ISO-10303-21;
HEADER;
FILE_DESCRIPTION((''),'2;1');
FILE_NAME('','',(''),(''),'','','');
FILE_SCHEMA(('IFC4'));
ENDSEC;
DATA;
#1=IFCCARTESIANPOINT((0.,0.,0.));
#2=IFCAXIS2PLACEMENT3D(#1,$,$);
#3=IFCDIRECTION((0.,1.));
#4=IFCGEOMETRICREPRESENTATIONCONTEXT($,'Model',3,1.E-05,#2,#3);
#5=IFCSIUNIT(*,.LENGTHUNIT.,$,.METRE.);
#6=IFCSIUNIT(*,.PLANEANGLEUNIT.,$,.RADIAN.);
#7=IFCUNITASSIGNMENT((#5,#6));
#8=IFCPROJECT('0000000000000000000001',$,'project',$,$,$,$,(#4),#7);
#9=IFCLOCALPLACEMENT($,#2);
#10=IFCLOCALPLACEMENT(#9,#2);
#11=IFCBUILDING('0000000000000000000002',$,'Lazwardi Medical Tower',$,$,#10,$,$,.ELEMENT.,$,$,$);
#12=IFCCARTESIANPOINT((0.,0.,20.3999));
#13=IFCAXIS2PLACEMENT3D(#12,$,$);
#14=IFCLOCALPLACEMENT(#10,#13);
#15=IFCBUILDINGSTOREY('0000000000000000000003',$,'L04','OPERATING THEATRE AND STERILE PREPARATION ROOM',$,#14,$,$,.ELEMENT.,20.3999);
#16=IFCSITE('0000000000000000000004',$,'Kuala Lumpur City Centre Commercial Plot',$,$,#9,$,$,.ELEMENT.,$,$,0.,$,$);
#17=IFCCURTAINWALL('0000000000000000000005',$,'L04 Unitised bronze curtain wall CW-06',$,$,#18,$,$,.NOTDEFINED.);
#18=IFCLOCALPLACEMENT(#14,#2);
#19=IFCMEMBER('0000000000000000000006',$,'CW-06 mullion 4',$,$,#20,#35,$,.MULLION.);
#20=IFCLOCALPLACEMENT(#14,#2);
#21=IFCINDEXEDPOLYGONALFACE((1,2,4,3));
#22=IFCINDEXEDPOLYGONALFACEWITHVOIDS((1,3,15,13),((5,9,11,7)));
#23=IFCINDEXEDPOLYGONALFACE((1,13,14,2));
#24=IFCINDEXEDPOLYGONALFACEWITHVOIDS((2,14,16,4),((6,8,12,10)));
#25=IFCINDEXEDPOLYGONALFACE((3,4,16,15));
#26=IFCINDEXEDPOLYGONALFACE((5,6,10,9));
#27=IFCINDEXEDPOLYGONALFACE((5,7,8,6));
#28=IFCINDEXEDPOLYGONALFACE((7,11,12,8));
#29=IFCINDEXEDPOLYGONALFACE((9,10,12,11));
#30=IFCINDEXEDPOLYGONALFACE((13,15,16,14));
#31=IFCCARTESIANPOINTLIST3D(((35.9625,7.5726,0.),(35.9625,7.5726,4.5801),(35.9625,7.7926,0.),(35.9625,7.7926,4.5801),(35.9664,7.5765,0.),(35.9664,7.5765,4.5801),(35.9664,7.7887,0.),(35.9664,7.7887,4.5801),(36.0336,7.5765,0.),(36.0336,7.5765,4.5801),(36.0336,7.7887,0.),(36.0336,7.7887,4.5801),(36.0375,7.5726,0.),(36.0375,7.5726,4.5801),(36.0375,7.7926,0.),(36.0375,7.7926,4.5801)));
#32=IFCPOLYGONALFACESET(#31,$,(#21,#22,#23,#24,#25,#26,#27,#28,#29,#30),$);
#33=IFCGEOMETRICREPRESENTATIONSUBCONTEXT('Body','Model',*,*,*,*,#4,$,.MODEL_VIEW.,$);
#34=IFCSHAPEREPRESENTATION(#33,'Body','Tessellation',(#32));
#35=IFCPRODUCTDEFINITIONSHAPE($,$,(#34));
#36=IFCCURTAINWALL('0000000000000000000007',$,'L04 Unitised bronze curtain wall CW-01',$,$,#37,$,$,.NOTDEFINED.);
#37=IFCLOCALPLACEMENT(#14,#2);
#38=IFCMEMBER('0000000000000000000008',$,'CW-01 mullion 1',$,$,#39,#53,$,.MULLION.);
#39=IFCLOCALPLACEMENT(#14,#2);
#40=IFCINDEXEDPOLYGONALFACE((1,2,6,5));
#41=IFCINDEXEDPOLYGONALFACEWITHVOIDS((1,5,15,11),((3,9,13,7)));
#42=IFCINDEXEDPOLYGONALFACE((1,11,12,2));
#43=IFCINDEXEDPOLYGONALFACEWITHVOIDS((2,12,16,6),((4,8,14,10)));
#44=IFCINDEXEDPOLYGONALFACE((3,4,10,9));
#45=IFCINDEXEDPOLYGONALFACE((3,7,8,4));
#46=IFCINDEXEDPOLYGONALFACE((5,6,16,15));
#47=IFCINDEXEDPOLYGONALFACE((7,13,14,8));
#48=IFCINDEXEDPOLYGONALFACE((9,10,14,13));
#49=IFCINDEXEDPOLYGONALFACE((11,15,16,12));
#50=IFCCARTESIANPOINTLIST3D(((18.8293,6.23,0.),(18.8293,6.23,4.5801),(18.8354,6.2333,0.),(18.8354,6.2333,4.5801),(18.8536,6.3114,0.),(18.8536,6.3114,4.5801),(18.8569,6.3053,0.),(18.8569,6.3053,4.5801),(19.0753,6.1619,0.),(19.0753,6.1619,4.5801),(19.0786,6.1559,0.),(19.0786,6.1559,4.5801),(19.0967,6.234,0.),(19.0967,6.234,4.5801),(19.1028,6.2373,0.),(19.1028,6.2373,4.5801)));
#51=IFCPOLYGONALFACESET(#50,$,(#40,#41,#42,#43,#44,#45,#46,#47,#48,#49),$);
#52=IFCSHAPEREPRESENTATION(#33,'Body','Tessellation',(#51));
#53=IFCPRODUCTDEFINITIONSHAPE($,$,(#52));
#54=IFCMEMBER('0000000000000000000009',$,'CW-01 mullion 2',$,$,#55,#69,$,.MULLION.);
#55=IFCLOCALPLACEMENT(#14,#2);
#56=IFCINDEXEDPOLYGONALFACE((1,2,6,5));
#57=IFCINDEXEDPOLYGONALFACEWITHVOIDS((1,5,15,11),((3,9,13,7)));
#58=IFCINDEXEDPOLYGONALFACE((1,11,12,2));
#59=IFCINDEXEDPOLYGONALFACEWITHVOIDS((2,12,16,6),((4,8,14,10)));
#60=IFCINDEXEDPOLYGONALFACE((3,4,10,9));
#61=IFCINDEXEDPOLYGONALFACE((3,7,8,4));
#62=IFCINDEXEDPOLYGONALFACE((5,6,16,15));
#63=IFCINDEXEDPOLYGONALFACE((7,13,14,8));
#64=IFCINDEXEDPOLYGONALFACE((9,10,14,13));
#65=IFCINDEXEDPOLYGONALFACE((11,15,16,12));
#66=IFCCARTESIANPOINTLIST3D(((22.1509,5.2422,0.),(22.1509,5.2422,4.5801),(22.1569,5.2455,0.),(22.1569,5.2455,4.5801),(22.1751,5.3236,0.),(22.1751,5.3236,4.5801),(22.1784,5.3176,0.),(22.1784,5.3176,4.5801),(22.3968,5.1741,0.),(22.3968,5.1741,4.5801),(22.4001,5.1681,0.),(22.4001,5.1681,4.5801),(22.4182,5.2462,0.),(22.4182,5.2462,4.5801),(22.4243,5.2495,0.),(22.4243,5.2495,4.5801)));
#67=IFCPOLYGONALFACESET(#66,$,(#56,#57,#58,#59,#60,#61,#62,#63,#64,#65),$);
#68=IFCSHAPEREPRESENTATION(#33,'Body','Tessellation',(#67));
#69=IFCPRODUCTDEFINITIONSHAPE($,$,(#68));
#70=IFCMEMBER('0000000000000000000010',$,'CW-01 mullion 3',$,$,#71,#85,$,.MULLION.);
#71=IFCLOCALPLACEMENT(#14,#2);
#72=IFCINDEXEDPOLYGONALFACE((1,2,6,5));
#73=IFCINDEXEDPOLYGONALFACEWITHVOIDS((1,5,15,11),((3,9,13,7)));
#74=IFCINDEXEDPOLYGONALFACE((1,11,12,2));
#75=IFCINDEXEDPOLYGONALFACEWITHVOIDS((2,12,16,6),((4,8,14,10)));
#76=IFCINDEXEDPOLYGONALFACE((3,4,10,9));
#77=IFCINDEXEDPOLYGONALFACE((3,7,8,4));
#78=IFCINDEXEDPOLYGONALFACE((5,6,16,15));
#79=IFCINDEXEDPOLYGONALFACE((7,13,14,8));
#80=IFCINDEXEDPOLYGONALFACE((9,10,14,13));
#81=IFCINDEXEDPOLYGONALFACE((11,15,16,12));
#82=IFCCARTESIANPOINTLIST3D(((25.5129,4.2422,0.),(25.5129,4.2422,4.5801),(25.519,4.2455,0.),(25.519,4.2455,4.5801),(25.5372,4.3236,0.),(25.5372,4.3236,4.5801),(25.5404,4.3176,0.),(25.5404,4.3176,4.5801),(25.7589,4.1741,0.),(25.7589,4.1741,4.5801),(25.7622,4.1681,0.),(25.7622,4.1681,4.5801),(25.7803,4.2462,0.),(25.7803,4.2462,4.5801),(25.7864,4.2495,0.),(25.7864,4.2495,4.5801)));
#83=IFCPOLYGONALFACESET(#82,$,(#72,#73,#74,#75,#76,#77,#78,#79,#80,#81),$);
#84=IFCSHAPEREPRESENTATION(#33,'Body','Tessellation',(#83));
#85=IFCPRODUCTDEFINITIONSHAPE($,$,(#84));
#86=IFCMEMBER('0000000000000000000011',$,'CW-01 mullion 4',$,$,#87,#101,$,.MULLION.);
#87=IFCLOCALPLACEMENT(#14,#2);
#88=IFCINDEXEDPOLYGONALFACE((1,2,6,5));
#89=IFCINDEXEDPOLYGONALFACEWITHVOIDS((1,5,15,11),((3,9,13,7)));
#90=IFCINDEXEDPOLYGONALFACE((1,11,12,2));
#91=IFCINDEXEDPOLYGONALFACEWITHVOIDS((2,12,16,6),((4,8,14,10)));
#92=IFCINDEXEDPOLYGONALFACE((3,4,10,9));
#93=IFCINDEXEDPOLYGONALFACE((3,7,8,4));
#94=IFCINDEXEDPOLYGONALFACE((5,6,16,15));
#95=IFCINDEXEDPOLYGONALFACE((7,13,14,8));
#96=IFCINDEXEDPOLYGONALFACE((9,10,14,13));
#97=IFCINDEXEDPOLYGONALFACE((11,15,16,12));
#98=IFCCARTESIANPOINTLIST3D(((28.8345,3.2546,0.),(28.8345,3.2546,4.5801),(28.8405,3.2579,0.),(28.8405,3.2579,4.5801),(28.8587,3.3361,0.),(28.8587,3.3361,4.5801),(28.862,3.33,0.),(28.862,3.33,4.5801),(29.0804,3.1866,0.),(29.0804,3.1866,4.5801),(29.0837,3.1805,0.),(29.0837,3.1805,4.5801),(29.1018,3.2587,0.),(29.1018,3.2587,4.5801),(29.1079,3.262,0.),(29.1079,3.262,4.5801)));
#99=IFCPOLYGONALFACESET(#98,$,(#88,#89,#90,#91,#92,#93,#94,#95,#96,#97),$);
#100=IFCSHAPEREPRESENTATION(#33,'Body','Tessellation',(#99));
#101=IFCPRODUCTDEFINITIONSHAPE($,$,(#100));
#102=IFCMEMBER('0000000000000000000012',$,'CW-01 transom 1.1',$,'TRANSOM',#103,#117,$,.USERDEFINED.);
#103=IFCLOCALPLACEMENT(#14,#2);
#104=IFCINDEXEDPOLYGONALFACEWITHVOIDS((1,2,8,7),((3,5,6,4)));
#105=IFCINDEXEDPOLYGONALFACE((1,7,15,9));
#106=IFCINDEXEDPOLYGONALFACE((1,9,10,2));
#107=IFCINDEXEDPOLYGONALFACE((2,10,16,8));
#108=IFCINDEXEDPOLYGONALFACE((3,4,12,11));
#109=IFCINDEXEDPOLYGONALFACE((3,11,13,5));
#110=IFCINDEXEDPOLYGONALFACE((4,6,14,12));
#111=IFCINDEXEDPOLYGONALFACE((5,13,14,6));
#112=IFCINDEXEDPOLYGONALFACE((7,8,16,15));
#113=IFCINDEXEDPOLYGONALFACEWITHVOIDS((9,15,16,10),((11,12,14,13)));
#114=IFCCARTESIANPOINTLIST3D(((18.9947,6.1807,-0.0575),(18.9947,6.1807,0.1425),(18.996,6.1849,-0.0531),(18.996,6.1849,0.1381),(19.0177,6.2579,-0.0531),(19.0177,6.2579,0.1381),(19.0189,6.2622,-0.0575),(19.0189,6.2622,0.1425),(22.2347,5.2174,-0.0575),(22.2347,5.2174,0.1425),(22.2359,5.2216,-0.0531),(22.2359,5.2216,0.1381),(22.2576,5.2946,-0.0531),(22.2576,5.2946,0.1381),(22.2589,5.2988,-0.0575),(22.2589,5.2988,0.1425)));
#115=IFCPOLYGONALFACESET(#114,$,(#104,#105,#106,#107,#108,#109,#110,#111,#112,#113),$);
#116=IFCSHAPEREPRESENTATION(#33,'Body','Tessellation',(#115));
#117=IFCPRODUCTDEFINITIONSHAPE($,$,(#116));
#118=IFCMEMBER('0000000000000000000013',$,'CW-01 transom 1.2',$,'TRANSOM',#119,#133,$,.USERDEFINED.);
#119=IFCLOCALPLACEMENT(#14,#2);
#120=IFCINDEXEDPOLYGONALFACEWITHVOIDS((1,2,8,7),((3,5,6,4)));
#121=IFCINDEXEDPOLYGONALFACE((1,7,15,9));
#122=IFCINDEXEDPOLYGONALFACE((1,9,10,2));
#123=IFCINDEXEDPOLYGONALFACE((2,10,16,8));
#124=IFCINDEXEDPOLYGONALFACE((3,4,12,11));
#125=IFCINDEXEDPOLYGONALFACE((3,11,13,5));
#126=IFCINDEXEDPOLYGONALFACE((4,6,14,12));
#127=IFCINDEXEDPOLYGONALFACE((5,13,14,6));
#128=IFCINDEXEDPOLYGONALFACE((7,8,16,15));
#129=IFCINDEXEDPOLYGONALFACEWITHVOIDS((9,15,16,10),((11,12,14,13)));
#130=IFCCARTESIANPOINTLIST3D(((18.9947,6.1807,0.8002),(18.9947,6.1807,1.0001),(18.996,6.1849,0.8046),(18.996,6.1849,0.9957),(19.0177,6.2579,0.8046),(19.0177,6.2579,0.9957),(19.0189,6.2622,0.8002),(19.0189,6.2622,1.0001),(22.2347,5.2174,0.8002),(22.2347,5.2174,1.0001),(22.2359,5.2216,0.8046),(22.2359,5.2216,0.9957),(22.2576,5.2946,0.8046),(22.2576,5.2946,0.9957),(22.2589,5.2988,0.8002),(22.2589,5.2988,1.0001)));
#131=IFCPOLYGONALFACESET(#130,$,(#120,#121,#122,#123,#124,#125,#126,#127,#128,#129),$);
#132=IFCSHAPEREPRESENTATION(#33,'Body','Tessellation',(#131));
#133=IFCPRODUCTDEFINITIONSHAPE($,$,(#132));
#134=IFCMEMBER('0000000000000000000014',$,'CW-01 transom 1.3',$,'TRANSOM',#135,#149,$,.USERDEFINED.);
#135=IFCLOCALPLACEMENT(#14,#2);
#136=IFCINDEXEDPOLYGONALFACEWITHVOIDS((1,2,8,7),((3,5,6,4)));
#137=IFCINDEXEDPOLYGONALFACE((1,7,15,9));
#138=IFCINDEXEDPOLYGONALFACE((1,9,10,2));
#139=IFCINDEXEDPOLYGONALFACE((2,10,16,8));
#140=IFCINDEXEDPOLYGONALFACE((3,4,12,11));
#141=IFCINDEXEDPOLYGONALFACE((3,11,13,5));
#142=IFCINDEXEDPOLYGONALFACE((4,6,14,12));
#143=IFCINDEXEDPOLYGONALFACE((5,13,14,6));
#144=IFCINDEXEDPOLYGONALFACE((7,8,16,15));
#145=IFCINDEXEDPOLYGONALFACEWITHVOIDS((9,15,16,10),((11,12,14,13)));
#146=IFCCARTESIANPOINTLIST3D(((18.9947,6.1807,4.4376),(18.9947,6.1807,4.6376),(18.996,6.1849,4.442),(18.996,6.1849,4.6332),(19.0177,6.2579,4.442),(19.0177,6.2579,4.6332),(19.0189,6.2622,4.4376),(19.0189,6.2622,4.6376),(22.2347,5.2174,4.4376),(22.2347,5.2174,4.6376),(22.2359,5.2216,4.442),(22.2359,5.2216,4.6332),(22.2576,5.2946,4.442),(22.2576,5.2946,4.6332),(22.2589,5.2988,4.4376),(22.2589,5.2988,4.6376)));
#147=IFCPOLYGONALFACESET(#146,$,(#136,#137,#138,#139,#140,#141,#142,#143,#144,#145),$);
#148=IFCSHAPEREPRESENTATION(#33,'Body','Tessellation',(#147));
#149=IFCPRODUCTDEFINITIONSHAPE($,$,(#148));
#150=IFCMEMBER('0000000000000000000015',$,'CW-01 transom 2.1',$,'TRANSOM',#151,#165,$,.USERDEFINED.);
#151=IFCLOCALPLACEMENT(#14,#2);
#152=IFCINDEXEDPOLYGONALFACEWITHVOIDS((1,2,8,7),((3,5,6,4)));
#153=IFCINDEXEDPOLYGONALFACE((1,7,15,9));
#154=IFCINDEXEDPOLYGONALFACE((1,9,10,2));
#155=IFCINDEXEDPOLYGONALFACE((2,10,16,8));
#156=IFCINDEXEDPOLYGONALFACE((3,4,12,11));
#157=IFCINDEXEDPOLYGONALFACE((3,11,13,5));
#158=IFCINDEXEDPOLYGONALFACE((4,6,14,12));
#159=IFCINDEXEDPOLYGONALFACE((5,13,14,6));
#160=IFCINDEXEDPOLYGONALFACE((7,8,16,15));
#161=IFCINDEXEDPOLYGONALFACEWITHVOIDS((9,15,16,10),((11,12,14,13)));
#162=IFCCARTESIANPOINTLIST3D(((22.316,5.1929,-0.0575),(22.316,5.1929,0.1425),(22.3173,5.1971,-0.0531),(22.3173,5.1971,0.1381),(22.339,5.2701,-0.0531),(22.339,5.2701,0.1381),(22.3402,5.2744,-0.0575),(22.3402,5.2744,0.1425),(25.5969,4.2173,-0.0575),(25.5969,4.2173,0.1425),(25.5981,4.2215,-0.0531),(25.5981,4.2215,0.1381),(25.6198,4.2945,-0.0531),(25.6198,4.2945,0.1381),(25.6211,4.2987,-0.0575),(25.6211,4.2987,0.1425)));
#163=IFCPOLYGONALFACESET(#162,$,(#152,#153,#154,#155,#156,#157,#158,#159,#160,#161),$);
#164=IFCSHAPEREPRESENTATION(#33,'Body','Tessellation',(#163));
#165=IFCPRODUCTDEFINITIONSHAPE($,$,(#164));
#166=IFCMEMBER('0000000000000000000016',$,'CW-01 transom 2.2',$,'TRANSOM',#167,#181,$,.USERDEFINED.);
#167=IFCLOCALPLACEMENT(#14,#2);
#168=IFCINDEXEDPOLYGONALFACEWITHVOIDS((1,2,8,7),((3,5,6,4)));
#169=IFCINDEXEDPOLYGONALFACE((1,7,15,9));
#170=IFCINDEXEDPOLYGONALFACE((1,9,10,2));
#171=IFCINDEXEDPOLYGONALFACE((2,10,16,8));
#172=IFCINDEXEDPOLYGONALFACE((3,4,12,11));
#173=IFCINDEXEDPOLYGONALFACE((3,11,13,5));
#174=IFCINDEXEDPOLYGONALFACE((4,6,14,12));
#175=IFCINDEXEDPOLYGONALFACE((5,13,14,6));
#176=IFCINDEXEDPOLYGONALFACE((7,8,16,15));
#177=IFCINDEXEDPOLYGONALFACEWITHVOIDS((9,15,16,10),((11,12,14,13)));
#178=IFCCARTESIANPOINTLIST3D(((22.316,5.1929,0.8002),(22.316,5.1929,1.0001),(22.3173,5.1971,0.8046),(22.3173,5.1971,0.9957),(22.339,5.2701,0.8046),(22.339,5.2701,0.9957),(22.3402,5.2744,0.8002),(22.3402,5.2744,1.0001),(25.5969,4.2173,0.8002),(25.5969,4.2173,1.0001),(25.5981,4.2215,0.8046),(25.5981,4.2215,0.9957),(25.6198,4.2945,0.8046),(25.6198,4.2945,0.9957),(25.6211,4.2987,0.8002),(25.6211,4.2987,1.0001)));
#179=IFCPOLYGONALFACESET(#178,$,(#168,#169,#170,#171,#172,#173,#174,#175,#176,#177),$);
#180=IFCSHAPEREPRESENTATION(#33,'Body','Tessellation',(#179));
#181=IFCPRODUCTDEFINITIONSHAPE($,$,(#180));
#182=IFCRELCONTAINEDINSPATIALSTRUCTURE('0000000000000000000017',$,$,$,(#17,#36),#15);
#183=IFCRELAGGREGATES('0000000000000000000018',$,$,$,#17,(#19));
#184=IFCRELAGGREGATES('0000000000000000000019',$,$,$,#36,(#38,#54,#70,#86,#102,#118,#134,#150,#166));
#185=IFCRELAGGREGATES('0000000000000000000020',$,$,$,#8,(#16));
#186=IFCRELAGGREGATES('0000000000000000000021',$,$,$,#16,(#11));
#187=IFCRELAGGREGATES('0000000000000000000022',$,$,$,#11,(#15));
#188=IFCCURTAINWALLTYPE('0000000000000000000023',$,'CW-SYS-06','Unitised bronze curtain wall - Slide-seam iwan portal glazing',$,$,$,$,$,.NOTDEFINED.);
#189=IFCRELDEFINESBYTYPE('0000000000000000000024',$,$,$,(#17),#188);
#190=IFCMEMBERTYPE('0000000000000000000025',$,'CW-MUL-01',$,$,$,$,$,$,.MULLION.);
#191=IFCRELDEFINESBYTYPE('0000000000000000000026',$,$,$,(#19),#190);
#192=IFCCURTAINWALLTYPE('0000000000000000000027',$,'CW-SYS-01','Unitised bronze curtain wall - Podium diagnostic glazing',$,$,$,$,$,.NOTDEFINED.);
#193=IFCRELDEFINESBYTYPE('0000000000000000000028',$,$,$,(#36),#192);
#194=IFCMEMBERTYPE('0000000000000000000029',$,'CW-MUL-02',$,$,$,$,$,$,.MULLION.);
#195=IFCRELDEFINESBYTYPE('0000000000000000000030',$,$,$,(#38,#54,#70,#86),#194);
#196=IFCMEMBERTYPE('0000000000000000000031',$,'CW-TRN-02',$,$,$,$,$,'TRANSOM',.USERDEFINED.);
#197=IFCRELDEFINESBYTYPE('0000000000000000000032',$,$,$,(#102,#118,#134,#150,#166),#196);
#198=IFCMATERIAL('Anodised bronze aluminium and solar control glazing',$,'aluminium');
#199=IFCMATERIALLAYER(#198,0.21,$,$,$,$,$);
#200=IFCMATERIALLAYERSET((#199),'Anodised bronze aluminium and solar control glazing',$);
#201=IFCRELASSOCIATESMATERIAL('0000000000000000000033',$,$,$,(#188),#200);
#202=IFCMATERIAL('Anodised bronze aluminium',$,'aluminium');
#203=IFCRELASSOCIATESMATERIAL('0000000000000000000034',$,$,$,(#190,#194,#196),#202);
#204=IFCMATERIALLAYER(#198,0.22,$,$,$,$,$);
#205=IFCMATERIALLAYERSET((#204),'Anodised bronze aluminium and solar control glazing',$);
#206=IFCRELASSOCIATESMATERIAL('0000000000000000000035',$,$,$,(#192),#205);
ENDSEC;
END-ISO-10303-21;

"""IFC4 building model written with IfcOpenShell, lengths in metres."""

from ifc_helpers import new_model, si_unit, direction, frame, origin, origin_2d, place, context, subcontext, project, spatial, hollow_rectangle, extrude, material, layer, layer_set, material_profile, profile_set, type_object, element, aggregate, save


model = new_model("IFC4")

# Units and contexts
model_context = context("Model", 3, precision=1e-05, world=origin(), true_north=direction((0.0, 1.0)))
body_context = subcontext(model_context, "Body", "Model", "MODEL_VIEW")
ifc_project = project(units=[si_unit("LENGTHUNIT", "METRE"), si_unit("PLANEANGLEUNIT", "RADIAN")], contexts=[model_context])

# Site, building, storey
site_placement = place(None, origin())
site = spatial("IfcSite", under=ifc_project, at=site_placement, Name="Kuala Lumpur City Centre Commercial Plot", CompositionType="ELEMENT", RefElevation=0.0)
building_placement = place(site_placement, origin())
building = spatial("IfcBuilding", under=site, at=building_placement, Name="Lazwardi Medical Tower", CompositionType="ELEMENT")
storey_placement = place(building_placement, frame((0.0, 0.0, 20.3999)))
storey = spatial("IfcBuildingStorey", under=building, at=storey_placement, Name="L04", Description="OPERATING THEATRE AND STERILE PREPARATION ROOM", CompositionType="ELEMENT", Elevation=20.3999)

# Curtain wall, member
ifc_material_1 = material(Name="Anodised bronze aluminium and solar control glazing", Category="aluminium")
ifc_layer_1 = layer(ifc_material_1, 0.21)
ifc_layer_set_1 = layer_set([ifc_layer_1], Name="Anodised bronze aluminium and solar control glazing")
curtain_wall_type_1 = type_object("IfcCurtainWallType", Name="CW-SYS-06", Description="Unitised bronze curtain wall - Slide-seam iwan portal glazing", PredefinedType="NOTDEFINED", material=ifc_layer_set_1)
curtain_wall_1_placement = place(storey_placement, origin())
curtain_wall_1 = element("IfcCurtainWall", 1, at=curtain_wall_1_placement, inside=storey, type_object=curtain_wall_type_1, Name="L04 Unitised bronze curtain wall CW-06", PredefinedType="NOTDEFINED")
ifc_material_2 = material(Name="Anodised bronze aluminium", Category="aluminium")
ifc_material_profile_1 = material_profile(ifc_material_2, hollow_rectangle(XDim=0.075, YDim=0.22, WallThickness=0.0039, at=origin_2d()), Name="ALU-MULLION 220x75x4")
ifc_profile_set_1 = profile_set([ifc_material_profile_1], Name="Anodised bronze aluminium")
member_type_1 = type_object("IfcMemberType", Name="CW-MUL-01", PredefinedType="MULLION", material=ifc_profile_set_1)
member_1_placement = place(storey_placement, frame((36.0, 7.6826, 0.0), z_axis=(0.0, 0.0, 1.0), x_axis=(-1.0, 0.0, 0.0)))
member_1 = element("IfcMember", 2, at=member_1_placement, type_object=member_type_1, Name="CW-06 mullion 4", PredefinedType="MULLION", context=body_context, shape_type="SweptSolid", body=[
    extrude(hollow_rectangle(XDim=0.075, YDim=0.22, WallThickness=0.0039, at=origin_2d()), origin(), (0.0, 0.0, 1.0), 4.5801),
])
aggregate(curtain_wall_1, [member_1])

# Curtain wall, members
ifc_layer_2 = layer(ifc_material_1, 0.22)
ifc_layer_set_2 = layer_set([ifc_layer_2], Name="Anodised bronze aluminium and solar control glazing")
curtain_wall_type_2 = type_object("IfcCurtainWallType", Name="CW-SYS-01", Description="Unitised bronze curtain wall - Podium diagnostic glazing", PredefinedType="NOTDEFINED", material=ifc_layer_set_2)
curtain_wall_2_placement = place(storey_placement, origin())
curtain_wall_2 = element("IfcCurtainWall", 3, at=curtain_wall_2_placement, inside=storey, type_object=curtain_wall_type_2, Name="L04 Unitised bronze curtain wall CW-01", PredefinedType="NOTDEFINED")
ifc_material_profile_2 = material_profile(ifc_material_2, hollow_rectangle(XDim=0.085, YDim=0.26, WallThickness=0.0049, at=origin_2d()), Name="ALU-MULLION 260x85x5")
ifc_profile_set_2 = profile_set([ifc_material_profile_2], Name="Anodised bronze aluminium")
member_type_2 = type_object("IfcMemberType", Name="CW-MUL-02", PredefinedType="MULLION", material=ifc_profile_set_2)
member_2_placement = place(storey_placement, frame((18.9661, 6.2336, 0.0), z_axis=(0.0, 0.0, 1.0), x_axis=(0.285047, 0.958513, 0.0)))
member_2 = element("IfcMember", 4, at=member_2_placement, type_object=member_type_2, Name="CW-01 mullion 1", PredefinedType="MULLION", context=body_context, shape_type="SweptSolid", body=[
    extrude(hollow_rectangle(XDim=0.085, YDim=0.26, WallThickness=0.0049, at=origin_2d()), origin(), (0.0, 0.0, 1.0), 4.5801),
])
member_3_placement = place(storey_placement, frame((22.2876, 5.2458, 0.0), z_axis=(0.0, 0.0, 1.0), x_axis=(0.285047, 0.958513, 0.0)))
member_3 = element("IfcMember", 5, at=member_3_placement, type_object=member_type_2, Name="CW-01 mullion 2", PredefinedType="MULLION", context=body_context, shape_type="SweptSolid", body=[
    extrude(hollow_rectangle(XDim=0.085, YDim=0.26, WallThickness=0.0049, at=origin_2d()), origin(), (0.0, 0.0, 1.0), 4.5801),
])
member_4_placement = place(storey_placement, frame((25.6497, 4.2458, 0.0), z_axis=(0.0, 0.0, 1.0), x_axis=(0.285047, 0.958513, 0.0)))
member_4 = element("IfcMember", 6, at=member_4_placement, type_object=member_type_2, Name="CW-01 mullion 3", PredefinedType="MULLION", context=body_context, shape_type="SweptSolid", body=[
    extrude(hollow_rectangle(XDim=0.085, YDim=0.26, WallThickness=0.0049, at=origin_2d()), origin(), (0.0, 0.0, 1.0), 4.5801),
])
member_5_placement = place(storey_placement, frame((28.9712, 3.2583, 0.0), z_axis=(0.0, 0.0, 1.0), x_axis=(0.285047, 0.958513, 0.0)))
member_5 = element("IfcMember", 7, at=member_5_placement, type_object=member_type_2, Name="CW-01 mullion 4", PredefinedType="MULLION", context=body_context, shape_type="SweptSolid", body=[
    extrude(hollow_rectangle(XDim=0.085, YDim=0.26, WallThickness=0.0049, at=origin_2d()), origin(), (0.0, 0.0, 1.0), 4.5801),
])
ifc_material_profile_3 = material_profile(ifc_material_2, hollow_rectangle(XDim=0.085, YDim=0.2, WallThickness=0.0044, at=origin_2d()), Name="ALU-TRANSOM 200x85x4.5")
ifc_profile_set_3 = profile_set([ifc_material_profile_3], Name="Anodised bronze aluminium")
member_type_3 = type_object("IfcMemberType", Name="CW-TRN-02", ElementType="TRANSOM", PredefinedType="USERDEFINED", material=ifc_profile_set_3)
member_6_placement = place(storey_placement, frame((19.0068, 6.2214, 0.0425), z_axis=(0.958525, -0.285008, 0.0), x_axis=(0.285008, 0.958525, 0.0)))
member_6 = element("IfcMember", 8, at=member_6_placement, type_object=member_type_3, Name="CW-01 transom 1.1", ObjectType="TRANSOM", PredefinedType="USERDEFINED", context=body_context, shape_type="SweptSolid", body=[
    extrude(hollow_rectangle(XDim=0.085, YDim=0.2, WallThickness=0.0044, at=origin_2d()), origin(), (0.0, 0.0, 1.0), 3.3801),
])
member_7_placement = place(storey_placement, frame((19.0068, 6.2214, 0.9001), z_axis=(0.958525, -0.285008, 0.0), x_axis=(0.285008, 0.958525, 0.0)))
member_7 = element("IfcMember", 9, at=member_7_placement, type_object=member_type_3, Name="CW-01 transom 1.2", ObjectType="TRANSOM", PredefinedType="USERDEFINED", context=body_context, shape_type="SweptSolid", body=[
    extrude(hollow_rectangle(XDim=0.085, YDim=0.2, WallThickness=0.0044, at=origin_2d()), origin(), (0.0, 0.0, 1.0), 3.3801),
])
member_8_placement = place(storey_placement, frame((19.0068, 6.2214, 4.5376), z_axis=(0.958525, -0.285008, 0.0), x_axis=(0.285008, 0.958525, 0.0)))
member_8 = element("IfcMember", 10, at=member_8_placement, type_object=member_type_3, Name="CW-01 transom 1.3", ObjectType="TRANSOM", PredefinedType="USERDEFINED", context=body_context, shape_type="SweptSolid", body=[
    extrude(hollow_rectangle(XDim=0.085, YDim=0.2, WallThickness=0.0044, at=origin_2d()), origin(), (0.0, 0.0, 1.0), 3.3801),
])
member_9_placement = place(storey_placement, frame((22.3281, 5.2336, 0.0425), z_axis=(0.958518, -0.28503, 0.0), x_axis=(0.28503, 0.958518, 0.0)))
member_9 = element("IfcMember", 11, at=member_9_placement, type_object=member_type_3, Name="CW-01 transom 2.1", ObjectType="TRANSOM", PredefinedType="USERDEFINED", context=body_context, shape_type="SweptSolid", body=[
    extrude(hollow_rectangle(XDim=0.085, YDim=0.2, WallThickness=0.0044, at=origin_2d()), origin(), (0.0, 0.0, 1.0), 3.4229),
])
member_10_placement = place(storey_placement, frame((22.3281, 5.2336, 0.9001), z_axis=(0.958518, -0.28503, 0.0), x_axis=(0.28503, 0.958518, 0.0)))
member_10 = element("IfcMember", 12, at=member_10_placement, type_object=member_type_3, Name="CW-01 transom 2.2", ObjectType="TRANSOM", PredefinedType="USERDEFINED", context=body_context, shape_type="SweptSolid", body=[
    extrude(hollow_rectangle(XDim=0.085, YDim=0.2, WallThickness=0.0044, at=origin_2d()), origin(), (0.0, 0.0, 1.0), 3.4229),
])
aggregate(curtain_wall_2, [member_2, member_3, member_4, member_5, member_6, member_7, member_8, member_9, member_10])

save(model, "model.ifc")
